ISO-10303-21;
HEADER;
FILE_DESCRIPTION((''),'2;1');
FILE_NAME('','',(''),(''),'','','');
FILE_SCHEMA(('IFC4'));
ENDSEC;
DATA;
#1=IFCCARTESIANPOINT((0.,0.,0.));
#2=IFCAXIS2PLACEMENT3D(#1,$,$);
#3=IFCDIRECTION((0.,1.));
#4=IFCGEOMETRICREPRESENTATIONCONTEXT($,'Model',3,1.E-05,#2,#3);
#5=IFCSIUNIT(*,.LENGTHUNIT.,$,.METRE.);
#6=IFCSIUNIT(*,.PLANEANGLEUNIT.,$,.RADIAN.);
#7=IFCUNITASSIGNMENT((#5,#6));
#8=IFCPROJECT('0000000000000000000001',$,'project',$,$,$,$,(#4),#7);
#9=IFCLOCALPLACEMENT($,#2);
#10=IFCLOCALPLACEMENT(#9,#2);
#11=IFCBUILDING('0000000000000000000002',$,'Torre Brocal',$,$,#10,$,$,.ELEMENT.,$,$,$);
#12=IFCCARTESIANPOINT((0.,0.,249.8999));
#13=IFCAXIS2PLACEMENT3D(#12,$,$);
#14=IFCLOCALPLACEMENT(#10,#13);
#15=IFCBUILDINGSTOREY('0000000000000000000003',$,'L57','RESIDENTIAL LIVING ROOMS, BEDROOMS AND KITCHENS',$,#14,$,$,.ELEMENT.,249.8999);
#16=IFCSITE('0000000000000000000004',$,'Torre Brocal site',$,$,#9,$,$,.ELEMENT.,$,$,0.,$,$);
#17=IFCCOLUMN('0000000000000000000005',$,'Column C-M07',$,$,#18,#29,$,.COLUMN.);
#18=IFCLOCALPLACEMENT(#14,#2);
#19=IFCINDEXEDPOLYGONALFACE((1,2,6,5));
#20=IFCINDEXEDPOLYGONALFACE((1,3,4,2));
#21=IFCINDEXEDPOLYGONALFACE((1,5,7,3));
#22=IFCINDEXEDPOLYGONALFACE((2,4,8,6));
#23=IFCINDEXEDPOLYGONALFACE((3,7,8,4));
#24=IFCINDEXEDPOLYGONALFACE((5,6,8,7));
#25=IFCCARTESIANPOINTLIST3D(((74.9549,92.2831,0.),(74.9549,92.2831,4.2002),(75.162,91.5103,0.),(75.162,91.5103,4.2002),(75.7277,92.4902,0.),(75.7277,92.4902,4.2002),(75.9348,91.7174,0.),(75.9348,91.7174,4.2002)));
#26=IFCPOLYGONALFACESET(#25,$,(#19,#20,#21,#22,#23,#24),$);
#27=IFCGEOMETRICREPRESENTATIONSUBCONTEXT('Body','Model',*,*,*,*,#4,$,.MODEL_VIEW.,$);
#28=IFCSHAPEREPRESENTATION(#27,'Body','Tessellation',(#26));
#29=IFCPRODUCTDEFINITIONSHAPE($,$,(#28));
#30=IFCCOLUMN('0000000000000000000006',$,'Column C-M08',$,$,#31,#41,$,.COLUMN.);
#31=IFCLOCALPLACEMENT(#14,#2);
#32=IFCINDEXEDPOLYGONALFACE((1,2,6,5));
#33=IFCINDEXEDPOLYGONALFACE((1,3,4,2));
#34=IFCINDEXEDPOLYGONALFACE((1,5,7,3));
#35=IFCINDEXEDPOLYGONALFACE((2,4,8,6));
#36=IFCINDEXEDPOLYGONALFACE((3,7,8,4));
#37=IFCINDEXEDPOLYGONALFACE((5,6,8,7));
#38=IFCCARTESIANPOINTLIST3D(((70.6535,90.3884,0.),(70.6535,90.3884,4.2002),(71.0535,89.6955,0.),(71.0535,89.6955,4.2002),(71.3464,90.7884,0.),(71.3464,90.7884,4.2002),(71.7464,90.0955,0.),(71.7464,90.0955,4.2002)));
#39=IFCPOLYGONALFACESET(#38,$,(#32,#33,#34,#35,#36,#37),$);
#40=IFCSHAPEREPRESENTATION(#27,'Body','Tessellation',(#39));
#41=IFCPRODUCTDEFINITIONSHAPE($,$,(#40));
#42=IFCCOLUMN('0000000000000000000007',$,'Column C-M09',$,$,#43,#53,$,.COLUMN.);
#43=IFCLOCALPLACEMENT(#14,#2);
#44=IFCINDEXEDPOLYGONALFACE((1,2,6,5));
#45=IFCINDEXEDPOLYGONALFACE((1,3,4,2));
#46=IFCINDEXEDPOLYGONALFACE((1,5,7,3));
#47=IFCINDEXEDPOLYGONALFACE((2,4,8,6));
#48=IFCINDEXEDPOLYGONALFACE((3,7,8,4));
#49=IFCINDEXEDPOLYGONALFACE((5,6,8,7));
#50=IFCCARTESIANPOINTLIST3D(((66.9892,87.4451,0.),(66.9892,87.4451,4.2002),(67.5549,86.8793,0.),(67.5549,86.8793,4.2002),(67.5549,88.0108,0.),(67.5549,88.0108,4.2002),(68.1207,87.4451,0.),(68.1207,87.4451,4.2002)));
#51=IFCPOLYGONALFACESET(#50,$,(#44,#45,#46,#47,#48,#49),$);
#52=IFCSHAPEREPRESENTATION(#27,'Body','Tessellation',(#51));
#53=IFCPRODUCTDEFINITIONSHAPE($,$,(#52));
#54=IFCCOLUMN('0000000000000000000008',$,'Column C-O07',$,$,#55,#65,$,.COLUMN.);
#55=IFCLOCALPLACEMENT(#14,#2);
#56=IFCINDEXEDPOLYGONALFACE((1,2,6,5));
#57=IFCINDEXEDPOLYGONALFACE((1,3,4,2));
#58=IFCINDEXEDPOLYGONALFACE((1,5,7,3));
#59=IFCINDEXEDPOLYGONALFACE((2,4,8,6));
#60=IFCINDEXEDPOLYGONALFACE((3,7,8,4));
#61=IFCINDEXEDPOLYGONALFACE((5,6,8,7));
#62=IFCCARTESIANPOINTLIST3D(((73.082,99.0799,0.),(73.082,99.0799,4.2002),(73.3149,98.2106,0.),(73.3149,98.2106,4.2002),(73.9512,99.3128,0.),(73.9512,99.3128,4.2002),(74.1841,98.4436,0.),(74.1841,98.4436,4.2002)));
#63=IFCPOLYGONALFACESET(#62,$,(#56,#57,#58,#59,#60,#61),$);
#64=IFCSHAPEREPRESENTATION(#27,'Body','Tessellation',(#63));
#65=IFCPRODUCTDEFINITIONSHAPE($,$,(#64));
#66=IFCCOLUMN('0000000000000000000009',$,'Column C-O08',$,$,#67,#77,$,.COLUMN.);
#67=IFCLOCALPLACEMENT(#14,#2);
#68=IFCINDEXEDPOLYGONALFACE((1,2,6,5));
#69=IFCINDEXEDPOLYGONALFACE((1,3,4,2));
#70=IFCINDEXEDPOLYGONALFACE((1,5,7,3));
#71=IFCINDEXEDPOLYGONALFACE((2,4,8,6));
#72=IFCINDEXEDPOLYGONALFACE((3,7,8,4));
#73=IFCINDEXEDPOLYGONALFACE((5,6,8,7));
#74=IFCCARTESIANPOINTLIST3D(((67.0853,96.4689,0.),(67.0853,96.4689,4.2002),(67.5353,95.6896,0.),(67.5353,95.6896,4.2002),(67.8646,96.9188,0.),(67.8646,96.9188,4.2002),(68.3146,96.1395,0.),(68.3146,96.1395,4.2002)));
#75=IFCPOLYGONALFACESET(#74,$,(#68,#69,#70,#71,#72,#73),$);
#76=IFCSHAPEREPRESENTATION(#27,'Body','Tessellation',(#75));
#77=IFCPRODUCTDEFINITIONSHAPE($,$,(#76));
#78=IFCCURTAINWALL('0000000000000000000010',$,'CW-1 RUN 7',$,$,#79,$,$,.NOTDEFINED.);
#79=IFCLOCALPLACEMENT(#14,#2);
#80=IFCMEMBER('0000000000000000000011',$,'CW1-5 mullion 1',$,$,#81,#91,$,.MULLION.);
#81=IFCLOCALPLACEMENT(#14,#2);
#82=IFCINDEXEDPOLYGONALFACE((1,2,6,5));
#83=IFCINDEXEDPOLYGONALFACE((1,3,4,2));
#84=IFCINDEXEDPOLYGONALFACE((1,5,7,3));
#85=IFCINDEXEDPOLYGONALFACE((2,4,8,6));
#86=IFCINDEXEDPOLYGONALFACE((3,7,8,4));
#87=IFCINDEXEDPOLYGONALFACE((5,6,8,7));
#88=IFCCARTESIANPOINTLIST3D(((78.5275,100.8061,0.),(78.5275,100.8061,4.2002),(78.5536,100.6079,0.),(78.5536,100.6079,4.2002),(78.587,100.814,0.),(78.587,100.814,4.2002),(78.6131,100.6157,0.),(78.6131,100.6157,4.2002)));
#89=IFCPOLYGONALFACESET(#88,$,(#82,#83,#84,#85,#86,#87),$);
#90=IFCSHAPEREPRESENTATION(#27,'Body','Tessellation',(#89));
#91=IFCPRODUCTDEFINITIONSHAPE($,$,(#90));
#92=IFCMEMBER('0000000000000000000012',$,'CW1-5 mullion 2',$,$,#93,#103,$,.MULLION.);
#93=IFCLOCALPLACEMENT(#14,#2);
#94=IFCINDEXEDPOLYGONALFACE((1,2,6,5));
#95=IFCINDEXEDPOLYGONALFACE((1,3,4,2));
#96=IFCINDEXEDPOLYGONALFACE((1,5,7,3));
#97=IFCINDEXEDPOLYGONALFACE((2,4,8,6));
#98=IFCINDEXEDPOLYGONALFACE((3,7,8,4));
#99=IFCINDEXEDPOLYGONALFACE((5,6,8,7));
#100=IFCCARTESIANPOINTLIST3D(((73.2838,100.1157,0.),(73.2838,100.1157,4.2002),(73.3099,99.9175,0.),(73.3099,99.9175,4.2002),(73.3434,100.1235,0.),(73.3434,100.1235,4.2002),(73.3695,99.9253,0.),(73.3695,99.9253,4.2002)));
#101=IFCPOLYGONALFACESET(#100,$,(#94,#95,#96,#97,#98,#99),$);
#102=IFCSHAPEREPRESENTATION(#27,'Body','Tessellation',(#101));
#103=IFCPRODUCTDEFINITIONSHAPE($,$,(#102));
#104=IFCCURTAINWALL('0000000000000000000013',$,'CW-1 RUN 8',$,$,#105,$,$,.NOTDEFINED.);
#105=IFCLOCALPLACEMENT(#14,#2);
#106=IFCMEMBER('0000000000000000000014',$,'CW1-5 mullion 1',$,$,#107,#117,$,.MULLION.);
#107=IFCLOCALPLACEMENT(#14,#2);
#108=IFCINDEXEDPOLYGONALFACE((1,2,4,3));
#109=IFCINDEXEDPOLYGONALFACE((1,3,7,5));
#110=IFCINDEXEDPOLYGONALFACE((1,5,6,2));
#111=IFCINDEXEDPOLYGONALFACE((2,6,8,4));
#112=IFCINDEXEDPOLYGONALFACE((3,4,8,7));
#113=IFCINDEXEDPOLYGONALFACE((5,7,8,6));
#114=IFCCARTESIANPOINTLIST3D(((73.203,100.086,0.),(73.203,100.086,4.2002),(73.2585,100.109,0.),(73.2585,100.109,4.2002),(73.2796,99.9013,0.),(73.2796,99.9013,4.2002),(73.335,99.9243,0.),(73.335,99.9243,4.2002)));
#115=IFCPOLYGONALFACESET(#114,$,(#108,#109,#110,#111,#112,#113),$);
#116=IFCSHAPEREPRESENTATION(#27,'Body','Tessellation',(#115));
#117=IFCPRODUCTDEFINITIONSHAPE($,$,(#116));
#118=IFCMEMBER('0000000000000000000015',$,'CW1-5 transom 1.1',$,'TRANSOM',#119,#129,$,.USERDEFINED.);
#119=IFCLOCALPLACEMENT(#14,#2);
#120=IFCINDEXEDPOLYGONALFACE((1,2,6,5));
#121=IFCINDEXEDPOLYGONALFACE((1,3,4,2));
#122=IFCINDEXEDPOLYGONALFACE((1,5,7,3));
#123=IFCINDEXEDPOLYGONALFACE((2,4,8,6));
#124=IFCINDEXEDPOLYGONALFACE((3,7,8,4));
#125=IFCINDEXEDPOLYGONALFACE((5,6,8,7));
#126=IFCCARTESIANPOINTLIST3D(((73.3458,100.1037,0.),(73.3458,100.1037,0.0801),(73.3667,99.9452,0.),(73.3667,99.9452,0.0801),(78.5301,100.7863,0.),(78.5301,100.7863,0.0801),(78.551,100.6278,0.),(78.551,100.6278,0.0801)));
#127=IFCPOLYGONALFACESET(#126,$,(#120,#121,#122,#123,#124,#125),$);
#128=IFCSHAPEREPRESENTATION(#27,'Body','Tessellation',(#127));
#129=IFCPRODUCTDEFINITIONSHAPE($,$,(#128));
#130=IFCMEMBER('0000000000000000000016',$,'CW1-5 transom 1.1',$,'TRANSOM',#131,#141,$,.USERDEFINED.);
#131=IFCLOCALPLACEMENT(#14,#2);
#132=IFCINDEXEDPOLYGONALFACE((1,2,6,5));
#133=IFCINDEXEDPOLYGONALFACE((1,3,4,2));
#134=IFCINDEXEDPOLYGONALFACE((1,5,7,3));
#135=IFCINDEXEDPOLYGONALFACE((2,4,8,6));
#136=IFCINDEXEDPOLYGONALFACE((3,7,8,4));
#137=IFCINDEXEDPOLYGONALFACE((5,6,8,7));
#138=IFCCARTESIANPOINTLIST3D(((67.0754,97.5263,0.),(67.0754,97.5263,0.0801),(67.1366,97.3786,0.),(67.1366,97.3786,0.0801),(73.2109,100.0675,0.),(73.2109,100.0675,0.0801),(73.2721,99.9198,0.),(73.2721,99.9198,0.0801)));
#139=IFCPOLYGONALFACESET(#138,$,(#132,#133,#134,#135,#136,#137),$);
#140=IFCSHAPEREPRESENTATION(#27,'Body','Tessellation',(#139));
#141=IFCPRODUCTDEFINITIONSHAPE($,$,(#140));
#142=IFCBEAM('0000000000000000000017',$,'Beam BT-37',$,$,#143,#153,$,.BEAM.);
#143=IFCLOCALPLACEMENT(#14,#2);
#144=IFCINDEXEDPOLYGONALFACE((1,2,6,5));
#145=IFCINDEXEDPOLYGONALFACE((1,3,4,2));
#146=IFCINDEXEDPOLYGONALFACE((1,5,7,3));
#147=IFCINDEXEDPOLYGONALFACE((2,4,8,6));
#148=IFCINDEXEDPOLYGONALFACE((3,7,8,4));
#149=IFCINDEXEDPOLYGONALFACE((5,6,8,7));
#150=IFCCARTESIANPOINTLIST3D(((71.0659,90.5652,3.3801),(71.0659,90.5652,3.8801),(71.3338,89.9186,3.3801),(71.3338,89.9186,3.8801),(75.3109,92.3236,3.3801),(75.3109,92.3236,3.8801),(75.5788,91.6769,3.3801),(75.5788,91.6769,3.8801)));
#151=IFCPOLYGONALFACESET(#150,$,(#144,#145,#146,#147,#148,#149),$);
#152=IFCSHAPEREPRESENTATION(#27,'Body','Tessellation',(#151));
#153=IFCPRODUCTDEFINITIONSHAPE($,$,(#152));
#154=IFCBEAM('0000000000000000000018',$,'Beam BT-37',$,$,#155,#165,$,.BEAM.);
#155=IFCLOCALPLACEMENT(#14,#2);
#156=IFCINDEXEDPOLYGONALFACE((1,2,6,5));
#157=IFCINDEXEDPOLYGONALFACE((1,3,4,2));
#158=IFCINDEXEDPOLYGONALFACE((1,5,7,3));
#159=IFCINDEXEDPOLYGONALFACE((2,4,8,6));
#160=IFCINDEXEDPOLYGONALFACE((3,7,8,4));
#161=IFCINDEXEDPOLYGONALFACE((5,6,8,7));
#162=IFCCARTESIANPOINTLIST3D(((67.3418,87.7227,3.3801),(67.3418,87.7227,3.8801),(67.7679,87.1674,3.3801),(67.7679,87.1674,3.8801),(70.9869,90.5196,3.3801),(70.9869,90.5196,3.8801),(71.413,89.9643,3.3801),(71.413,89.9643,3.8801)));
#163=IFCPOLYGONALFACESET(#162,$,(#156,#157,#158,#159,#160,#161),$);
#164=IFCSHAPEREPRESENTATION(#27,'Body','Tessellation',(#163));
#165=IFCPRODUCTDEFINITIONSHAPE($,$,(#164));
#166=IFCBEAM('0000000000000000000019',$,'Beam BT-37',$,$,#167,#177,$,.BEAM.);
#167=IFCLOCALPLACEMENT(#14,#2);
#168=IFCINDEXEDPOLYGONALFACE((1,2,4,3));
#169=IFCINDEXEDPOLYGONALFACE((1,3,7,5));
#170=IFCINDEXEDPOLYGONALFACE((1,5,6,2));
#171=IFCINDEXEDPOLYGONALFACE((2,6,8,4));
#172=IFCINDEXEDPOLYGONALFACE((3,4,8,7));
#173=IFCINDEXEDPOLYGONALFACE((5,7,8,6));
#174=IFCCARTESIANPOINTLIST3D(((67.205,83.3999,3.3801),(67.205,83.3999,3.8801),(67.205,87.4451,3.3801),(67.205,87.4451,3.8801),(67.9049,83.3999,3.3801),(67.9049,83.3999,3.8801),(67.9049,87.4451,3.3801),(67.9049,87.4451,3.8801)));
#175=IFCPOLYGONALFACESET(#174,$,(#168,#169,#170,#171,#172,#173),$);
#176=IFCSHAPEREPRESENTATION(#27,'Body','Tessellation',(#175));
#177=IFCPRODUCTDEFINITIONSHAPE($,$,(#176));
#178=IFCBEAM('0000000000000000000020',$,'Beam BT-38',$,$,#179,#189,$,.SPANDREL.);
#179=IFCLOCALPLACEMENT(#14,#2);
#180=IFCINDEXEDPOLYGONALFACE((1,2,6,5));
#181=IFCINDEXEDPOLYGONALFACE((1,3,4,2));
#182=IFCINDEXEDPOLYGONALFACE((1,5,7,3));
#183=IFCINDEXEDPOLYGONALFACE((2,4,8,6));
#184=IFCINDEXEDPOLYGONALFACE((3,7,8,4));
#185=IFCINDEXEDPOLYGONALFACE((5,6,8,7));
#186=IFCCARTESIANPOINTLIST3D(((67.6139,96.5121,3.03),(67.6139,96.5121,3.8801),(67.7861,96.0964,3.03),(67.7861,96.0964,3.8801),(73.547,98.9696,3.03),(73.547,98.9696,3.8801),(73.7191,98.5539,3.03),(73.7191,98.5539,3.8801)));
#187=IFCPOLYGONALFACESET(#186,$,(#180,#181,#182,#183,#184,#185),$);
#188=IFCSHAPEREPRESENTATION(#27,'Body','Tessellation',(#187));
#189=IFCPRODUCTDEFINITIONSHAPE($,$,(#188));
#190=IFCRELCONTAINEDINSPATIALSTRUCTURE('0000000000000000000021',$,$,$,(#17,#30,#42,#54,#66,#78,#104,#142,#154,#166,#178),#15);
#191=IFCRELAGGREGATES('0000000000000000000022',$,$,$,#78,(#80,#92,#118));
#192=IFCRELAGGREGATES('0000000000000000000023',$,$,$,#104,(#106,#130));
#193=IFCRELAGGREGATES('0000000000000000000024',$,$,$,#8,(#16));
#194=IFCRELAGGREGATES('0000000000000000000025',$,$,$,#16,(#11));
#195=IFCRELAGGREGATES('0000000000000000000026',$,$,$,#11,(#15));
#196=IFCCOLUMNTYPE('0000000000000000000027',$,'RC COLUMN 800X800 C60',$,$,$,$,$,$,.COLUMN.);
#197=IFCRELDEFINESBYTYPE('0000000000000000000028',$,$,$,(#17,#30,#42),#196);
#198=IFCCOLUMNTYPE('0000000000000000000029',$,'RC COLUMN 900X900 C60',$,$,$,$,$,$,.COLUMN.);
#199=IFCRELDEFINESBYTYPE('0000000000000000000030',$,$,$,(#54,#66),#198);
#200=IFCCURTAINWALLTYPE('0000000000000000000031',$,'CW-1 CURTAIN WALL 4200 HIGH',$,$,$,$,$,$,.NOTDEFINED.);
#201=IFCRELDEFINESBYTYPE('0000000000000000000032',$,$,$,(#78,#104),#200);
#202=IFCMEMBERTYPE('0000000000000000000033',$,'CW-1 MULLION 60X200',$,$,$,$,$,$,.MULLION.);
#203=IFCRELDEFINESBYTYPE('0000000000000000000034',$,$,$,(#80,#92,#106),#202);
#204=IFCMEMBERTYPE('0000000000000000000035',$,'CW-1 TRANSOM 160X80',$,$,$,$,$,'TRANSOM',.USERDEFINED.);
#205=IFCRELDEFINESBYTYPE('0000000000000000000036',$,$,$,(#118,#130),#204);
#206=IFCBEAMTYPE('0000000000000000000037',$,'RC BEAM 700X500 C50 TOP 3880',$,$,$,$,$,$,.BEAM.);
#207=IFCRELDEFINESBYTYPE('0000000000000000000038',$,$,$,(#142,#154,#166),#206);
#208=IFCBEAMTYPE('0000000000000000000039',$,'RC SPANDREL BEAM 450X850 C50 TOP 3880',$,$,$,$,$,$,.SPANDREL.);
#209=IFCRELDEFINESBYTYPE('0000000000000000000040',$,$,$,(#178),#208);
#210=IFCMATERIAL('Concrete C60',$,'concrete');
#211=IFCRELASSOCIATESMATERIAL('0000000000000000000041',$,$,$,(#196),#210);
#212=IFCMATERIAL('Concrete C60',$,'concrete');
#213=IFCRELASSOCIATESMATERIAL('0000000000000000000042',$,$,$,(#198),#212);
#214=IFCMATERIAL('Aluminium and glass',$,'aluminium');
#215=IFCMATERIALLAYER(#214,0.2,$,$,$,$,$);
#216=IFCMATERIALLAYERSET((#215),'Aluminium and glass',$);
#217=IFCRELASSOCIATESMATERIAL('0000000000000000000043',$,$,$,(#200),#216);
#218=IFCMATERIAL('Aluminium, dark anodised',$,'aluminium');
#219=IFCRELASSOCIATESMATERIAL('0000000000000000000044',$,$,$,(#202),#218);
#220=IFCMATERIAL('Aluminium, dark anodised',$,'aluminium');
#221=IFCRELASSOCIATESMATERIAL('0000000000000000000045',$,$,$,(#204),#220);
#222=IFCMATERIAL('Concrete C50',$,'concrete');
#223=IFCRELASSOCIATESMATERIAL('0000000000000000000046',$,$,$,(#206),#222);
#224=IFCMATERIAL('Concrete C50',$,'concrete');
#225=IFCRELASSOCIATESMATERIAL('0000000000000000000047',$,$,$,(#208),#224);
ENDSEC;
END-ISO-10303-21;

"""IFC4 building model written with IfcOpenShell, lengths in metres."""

from ifc_helpers import new_model, si_unit, direction, frame, origin, origin_2d, place, context, subcontext, project, spatial, rectangle, extrude, material, layer, layer_set, material_profile, profile_set, type_object, element, aggregate, save


model = new_model("IFC4")

# Units and contexts
model_context = context("Model", 3, precision=1e-05, world=origin(), true_north=direction((0.0, 1.0)))
body_context = subcontext(model_context, "Body", "Model", "MODEL_VIEW")
ifc_project = project(units=[si_unit("LENGTHUNIT", "METRE"), si_unit("PLANEANGLEUNIT", "RADIAN")], contexts=[model_context])

# Site, building, storey
site_placement = place(None, origin())
site = spatial("IfcSite", under=ifc_project, at=site_placement, Name="Torre Brocal site", CompositionType="ELEMENT", RefElevation=0.0)
building_placement = place(site_placement, origin())
building = spatial("IfcBuilding", under=site, at=building_placement, Name="Torre Brocal", CompositionType="ELEMENT")
storey_placement = place(building_placement, frame((0.0, 0.0, 249.8999)))
storey = spatial("IfcBuildingStorey", under=building, at=storey_placement, Name="L57", Description="RESIDENTIAL LIVING ROOMS, BEDROOMS AND KITCHENS", CompositionType="ELEMENT", Elevation=249.8999)

# Columns
ifc_material_1 = material(Name="Concrete C60", Category="concrete")
ifc_material_profile_1 = material_profile(ifc_material_1, rectangle(XDim=0.8, YDim=0.8, at=origin_2d()), Name="RC 800X800")
ifc_profile_set_1 = profile_set([ifc_material_profile_1], Name="Concrete C60")
column_type_1 = type_object("IfcColumnType", Name="RC COLUMN 800X800 C60", PredefinedType="COLUMN", material=ifc_profile_set_1)
for number, where, z_axis, x_axis, name in (
    (1, (75.4448, 92.0002, 0.0), (0.0, 0.0, 1.0), (-0.258819, 0.965926, 0.0), "Column C-M07"),
    (2, (71.2, 90.2419, 0.0), (0.0, 0.0, 1.0), (-0.5, 0.866025, 0.0), "Column C-M08"),
    (3, (67.5549, 87.4451, 0.0), (0.0, 0.0, 1.0), (-0.707107, 0.707107, 0.0), "Column C-M09"),
):
    element("IfcColumn", number, at=place(storey_placement, frame(where, z_axis=z_axis, x_axis=x_axis)), inside=storey, type_object=column_type_1, Name=name, PredefinedType="COLUMN", context=body_context, shape_type="SweptSolid", body=[
        extrude(rectangle(XDim=0.8, YDim=0.8, at=origin_2d()), origin(), (0.0, 0.0, 1.0), 4.2002),
    ])
ifc_material_2 = material(Name="Concrete C60", Category="concrete")
ifc_material_profile_2 = material_profile(ifc_material_2, rectangle(XDim=0.8999, YDim=0.8999, at=origin_2d()), Name="RC 900X900")
ifc_profile_set_2 = profile_set([ifc_material_profile_2], Name="Concrete C60")
column_type_2 = type_object("IfcColumnType", Name="RC COLUMN 900X900 C60", PredefinedType="COLUMN", material=ifc_profile_set_2)
for number, where, z_axis, x_axis, name in (
    (4, (73.6331, 98.7617, 0.0), (0.0, 0.0, 1.0), (-0.258819, 0.965926, 0.0), "Column C-O07"),
    (5, (67.7, 96.3042, 0.0), (0.0, 0.0, 1.0), (-0.5, 0.866025, 0.0), "Column C-O08"),
):
    element("IfcColumn", number, at=place(storey_placement, frame(where, z_axis=z_axis, x_axis=x_axis)), inside=storey, type_object=column_type_2, Name=name, PredefinedType="COLUMN", context=body_context, shape_type="SweptSolid", body=[
        extrude(rectangle(XDim=0.8999, YDim=0.8999, at=origin_2d()), origin(), (0.0, 0.0, 1.0), 4.2002),
    ])

# Curtain wall, members
ifc_material_3 = material(Name="Aluminium and glass", Category="aluminium")
ifc_layer_1 = layer(ifc_material_3, 0.2)
ifc_layer_set_1 = layer_set([ifc_layer_1], Name="Aluminium and glass")
curtain_wall_type = type_object("IfcCurtainWallType", Name="CW-1 CURTAIN WALL 4200 HIGH", PredefinedType="NOTDEFINED", material=ifc_layer_set_1)
curtain_wall_1_placement = place(storey_placement, origin())
curtain_wall_1 = element("IfcCurtainWall", 6, at=curtain_wall_1_placement, inside=storey, type_object=curtain_wall_type, Name="CW-1 RUN 7", PredefinedType="NOTDEFINED")
ifc_material_4 = material(Name="Aluminium, dark anodised", Category="aluminium")
ifc_material_profile_3 = material_profile(ifc_material_4, rectangle(XDim=0.2, YDim=0.0601, at=origin_2d()), Name="CW-1 MULLION 60X200")
ifc_profile_set_3 = profile_set([ifc_material_profile_3], Name="Aluminium, dark anodised")
member_type_1 = type_object("IfcMemberType", Name="CW-1 MULLION 60X200", PredefinedType="MULLION", material=ifc_profile_set_3)
member_1_placement = place(storey_placement, frame((78.5703, 100.7109, 0.0), z_axis=(0.0, 0.0, 1.0), x_axis=(0.130526, -0.991445, 0.0)))
member_1 = element("IfcMember", 7, at=member_1_placement, type_object=member_type_1, Name="CW1-5 mullion 1", PredefinedType="MULLION", context=body_context, shape_type="SweptSolid", body=[
    extrude(rectangle(XDim=0.2, YDim=0.0601, at=origin_2d()), origin(), (0.0, 0.0, 1.0), 4.2002),
])
member_2_placement = place(storey_placement, frame((73.3267, 100.0205, 0.0), z_axis=(0.0, 0.0, 1.0), x_axis=(0.130526, -0.991445, 0.0)))
member_2 = element("IfcMember", 8, at=member_2_placement, type_object=member_type_1, Name="CW1-5 mullion 2", PredefinedType="MULLION", context=body_context, shape_type="SweptSolid", body=[
    extrude(rectangle(XDim=0.2, YDim=0.0601, at=origin_2d()), origin(), (0.0, 0.0, 1.0), 4.2002),
])

# Curtain wall, member
curtain_wall_2_placement = place(storey_placement, origin())
curtain_wall_2 = element("IfcCurtainWall", 9, at=curtain_wall_2_placement, inside=storey, type_object=curtain_wall_type, Name="CW-1 RUN 8", PredefinedType="NOTDEFINED")
member_3_placement = place(storey_placement, frame((73.269, 100.0051, 0.0), z_axis=(0.0, 0.0, 1.0), x_axis=(0.382683, -0.92388, 0.0)))
member_3 = element("IfcMember", 10, at=member_3_placement, type_object=member_type_1, Name="CW1-5 mullion 1", PredefinedType="MULLION", context=body_context, shape_type="SweptSolid", body=[
    extrude(rectangle(XDim=0.2, YDim=0.0601, at=origin_2d()), origin(), (0.0, 0.0, 1.0), 4.2002),
])

# Members
ifc_material_5 = material(Name="Aluminium, dark anodised", Category="aluminium")
ifc_material_profile_4 = material_profile(ifc_material_5, rectangle(XDim=0.1599, YDim=0.0801, at=origin_2d()), Name="CW-1 TRANSOM 160X80")
ifc_profile_set_4 = profile_set([ifc_material_profile_4], Name="Aluminium, dark anodised")
member_type_2 = type_object("IfcMemberType", Name="CW-1 TRANSOM 160X80", ElementType="TRANSOM", PredefinedType="USERDEFINED", material=ifc_profile_set_4)
member_4_placement = place(storey_placement, frame((78.5405, 100.707, 0.04), z_axis=(-0.991443, -0.130543, 0.0), x_axis=(0.130543, -0.991443, 0.0)))
member_4 = element("IfcMember", 11, at=member_4_placement, type_object=member_type_2, Name="CW1-5 transom 1.1", ObjectType="TRANSOM", PredefinedType="USERDEFINED", context=body_context, shape_type="SweptSolid", body=[
    extrude(rectangle(XDim=0.1599, YDim=0.0801, at=origin_2d()), origin(), (0.0, 0.0, 1.0), 5.229),
])
member_5_placement = place(storey_placement, frame((73.2415, 99.9937, 0.04), z_axis=(-0.923887, -0.382665, 0.0), x_axis=(0.382665, -0.923887, 0.0)))
member_5 = element("IfcMember", 12, at=member_5_placement, type_object=member_type_2, Name="CW1-5 transom 1.1", ObjectType="TRANSOM", PredefinedType="USERDEFINED", context=body_context, shape_type="SweptSolid", body=[
    extrude(rectangle(XDim=0.1599, YDim=0.0801, at=origin_2d()), origin(), (0.0, 0.0, 1.0), 6.6409),
])

# Beams
ifc_material_6 = material(Name="Concrete C50", Category="concrete")
ifc_material_profile_5 = material_profile(ifc_material_6, rectangle(XDim=0.7, YDim=0.5, at=origin_2d()), Name="RC 700X500")
ifc_profile_set_5 = profile_set([ifc_material_profile_5], Name="Concrete C50")
beam_type_1 = type_object("IfcBeamType", Name="RC BEAM 700X500 C50 TOP 3880", PredefinedType="BEAM", material=ifc_profile_set_5)
beam_1_placement = place(storey_placement, frame((75.4448, 92.0002, 3.6301), z_axis=(-0.923878, -0.382687, 0.0), x_axis=(0.382687, -0.923878, 0.0)))
element("IfcBeam", 13, at=beam_1_placement, inside=storey, type_object=beam_type_1, Name="Beam BT-37", PredefinedType="BEAM", context=body_context, shape_type="SweptSolid", body=[
    extrude(rectangle(XDim=0.7, YDim=0.5, at=origin_2d()), origin(), (0.0, 0.0, 1.0), 4.5947),
])
beam_2_placement = place(storey_placement, frame((71.2, 90.2419, 3.6301), z_axis=(-0.793358, -0.608755, 0.0), x_axis=(0.608755, -0.793358, 0.0)))
element("IfcBeam", 14, at=beam_2_placement, inside=storey, type_object=beam_type_1, Name="Beam BT-37", PredefinedType="BEAM", context=body_context, shape_type="SweptSolid", body=[
    extrude(rectangle(XDim=0.7, YDim=0.5, at=origin_2d()), origin(), (0.0, 0.0, 1.0), 4.5945),
])
beam_3_placement = place(storey_placement, frame((67.5549, 87.4451, 3.6301), z_axis=(0.0, -1.0, 0.0), x_axis=(1.0, 0.0, 0.0)))
element("IfcBeam", 15, at=beam_3_placement, inside=storey, type_object=beam_type_1, Name="Beam BT-37", PredefinedType="BEAM", context=body_context, shape_type="SweptSolid", body=[
    extrude(rectangle(XDim=0.7, YDim=0.5, at=origin_2d()), origin(), (0.0, 0.0, 1.0), 4.0452),
])
ifc_material_7 = material(Name="Concrete C50", Category="concrete")
ifc_material_profile_6 = material_profile(ifc_material_7, rectangle(XDim=0.45, YDim=0.8501, at=origin_2d()), Name="RC 450X850")
ifc_profile_set_6 = profile_set([ifc_material_profile_6], Name="Concrete C50")
beam_type_2 = type_object("IfcBeamType", Name="RC SPANDREL BEAM 450X850 C50 TOP 3880", PredefinedType="SPANDREL", material=ifc_profile_set_6)
beam_4_placement = place(storey_placement, frame((73.6331, 98.7617, 3.4551), z_axis=(-0.923882, -0.382676, 0.0), x_axis=(0.382676, -0.923882, 0.0)))
element("IfcBeam", 16, at=beam_4_placement, inside=storey, type_object=beam_type_2, Name="Beam BT-38", PredefinedType="SPANDREL", context=body_context, shape_type="SweptSolid", body=[
    extrude(rectangle(XDim=0.45, YDim=0.8501, at=origin_2d()), origin(), (0.0, 0.0, 1.0), 6.4219),
])

aggregate(curtain_wall_1, [member_1, member_2, member_4])
aggregate(curtain_wall_2, [member_3, member_5])

save(model, "model.ifc")
